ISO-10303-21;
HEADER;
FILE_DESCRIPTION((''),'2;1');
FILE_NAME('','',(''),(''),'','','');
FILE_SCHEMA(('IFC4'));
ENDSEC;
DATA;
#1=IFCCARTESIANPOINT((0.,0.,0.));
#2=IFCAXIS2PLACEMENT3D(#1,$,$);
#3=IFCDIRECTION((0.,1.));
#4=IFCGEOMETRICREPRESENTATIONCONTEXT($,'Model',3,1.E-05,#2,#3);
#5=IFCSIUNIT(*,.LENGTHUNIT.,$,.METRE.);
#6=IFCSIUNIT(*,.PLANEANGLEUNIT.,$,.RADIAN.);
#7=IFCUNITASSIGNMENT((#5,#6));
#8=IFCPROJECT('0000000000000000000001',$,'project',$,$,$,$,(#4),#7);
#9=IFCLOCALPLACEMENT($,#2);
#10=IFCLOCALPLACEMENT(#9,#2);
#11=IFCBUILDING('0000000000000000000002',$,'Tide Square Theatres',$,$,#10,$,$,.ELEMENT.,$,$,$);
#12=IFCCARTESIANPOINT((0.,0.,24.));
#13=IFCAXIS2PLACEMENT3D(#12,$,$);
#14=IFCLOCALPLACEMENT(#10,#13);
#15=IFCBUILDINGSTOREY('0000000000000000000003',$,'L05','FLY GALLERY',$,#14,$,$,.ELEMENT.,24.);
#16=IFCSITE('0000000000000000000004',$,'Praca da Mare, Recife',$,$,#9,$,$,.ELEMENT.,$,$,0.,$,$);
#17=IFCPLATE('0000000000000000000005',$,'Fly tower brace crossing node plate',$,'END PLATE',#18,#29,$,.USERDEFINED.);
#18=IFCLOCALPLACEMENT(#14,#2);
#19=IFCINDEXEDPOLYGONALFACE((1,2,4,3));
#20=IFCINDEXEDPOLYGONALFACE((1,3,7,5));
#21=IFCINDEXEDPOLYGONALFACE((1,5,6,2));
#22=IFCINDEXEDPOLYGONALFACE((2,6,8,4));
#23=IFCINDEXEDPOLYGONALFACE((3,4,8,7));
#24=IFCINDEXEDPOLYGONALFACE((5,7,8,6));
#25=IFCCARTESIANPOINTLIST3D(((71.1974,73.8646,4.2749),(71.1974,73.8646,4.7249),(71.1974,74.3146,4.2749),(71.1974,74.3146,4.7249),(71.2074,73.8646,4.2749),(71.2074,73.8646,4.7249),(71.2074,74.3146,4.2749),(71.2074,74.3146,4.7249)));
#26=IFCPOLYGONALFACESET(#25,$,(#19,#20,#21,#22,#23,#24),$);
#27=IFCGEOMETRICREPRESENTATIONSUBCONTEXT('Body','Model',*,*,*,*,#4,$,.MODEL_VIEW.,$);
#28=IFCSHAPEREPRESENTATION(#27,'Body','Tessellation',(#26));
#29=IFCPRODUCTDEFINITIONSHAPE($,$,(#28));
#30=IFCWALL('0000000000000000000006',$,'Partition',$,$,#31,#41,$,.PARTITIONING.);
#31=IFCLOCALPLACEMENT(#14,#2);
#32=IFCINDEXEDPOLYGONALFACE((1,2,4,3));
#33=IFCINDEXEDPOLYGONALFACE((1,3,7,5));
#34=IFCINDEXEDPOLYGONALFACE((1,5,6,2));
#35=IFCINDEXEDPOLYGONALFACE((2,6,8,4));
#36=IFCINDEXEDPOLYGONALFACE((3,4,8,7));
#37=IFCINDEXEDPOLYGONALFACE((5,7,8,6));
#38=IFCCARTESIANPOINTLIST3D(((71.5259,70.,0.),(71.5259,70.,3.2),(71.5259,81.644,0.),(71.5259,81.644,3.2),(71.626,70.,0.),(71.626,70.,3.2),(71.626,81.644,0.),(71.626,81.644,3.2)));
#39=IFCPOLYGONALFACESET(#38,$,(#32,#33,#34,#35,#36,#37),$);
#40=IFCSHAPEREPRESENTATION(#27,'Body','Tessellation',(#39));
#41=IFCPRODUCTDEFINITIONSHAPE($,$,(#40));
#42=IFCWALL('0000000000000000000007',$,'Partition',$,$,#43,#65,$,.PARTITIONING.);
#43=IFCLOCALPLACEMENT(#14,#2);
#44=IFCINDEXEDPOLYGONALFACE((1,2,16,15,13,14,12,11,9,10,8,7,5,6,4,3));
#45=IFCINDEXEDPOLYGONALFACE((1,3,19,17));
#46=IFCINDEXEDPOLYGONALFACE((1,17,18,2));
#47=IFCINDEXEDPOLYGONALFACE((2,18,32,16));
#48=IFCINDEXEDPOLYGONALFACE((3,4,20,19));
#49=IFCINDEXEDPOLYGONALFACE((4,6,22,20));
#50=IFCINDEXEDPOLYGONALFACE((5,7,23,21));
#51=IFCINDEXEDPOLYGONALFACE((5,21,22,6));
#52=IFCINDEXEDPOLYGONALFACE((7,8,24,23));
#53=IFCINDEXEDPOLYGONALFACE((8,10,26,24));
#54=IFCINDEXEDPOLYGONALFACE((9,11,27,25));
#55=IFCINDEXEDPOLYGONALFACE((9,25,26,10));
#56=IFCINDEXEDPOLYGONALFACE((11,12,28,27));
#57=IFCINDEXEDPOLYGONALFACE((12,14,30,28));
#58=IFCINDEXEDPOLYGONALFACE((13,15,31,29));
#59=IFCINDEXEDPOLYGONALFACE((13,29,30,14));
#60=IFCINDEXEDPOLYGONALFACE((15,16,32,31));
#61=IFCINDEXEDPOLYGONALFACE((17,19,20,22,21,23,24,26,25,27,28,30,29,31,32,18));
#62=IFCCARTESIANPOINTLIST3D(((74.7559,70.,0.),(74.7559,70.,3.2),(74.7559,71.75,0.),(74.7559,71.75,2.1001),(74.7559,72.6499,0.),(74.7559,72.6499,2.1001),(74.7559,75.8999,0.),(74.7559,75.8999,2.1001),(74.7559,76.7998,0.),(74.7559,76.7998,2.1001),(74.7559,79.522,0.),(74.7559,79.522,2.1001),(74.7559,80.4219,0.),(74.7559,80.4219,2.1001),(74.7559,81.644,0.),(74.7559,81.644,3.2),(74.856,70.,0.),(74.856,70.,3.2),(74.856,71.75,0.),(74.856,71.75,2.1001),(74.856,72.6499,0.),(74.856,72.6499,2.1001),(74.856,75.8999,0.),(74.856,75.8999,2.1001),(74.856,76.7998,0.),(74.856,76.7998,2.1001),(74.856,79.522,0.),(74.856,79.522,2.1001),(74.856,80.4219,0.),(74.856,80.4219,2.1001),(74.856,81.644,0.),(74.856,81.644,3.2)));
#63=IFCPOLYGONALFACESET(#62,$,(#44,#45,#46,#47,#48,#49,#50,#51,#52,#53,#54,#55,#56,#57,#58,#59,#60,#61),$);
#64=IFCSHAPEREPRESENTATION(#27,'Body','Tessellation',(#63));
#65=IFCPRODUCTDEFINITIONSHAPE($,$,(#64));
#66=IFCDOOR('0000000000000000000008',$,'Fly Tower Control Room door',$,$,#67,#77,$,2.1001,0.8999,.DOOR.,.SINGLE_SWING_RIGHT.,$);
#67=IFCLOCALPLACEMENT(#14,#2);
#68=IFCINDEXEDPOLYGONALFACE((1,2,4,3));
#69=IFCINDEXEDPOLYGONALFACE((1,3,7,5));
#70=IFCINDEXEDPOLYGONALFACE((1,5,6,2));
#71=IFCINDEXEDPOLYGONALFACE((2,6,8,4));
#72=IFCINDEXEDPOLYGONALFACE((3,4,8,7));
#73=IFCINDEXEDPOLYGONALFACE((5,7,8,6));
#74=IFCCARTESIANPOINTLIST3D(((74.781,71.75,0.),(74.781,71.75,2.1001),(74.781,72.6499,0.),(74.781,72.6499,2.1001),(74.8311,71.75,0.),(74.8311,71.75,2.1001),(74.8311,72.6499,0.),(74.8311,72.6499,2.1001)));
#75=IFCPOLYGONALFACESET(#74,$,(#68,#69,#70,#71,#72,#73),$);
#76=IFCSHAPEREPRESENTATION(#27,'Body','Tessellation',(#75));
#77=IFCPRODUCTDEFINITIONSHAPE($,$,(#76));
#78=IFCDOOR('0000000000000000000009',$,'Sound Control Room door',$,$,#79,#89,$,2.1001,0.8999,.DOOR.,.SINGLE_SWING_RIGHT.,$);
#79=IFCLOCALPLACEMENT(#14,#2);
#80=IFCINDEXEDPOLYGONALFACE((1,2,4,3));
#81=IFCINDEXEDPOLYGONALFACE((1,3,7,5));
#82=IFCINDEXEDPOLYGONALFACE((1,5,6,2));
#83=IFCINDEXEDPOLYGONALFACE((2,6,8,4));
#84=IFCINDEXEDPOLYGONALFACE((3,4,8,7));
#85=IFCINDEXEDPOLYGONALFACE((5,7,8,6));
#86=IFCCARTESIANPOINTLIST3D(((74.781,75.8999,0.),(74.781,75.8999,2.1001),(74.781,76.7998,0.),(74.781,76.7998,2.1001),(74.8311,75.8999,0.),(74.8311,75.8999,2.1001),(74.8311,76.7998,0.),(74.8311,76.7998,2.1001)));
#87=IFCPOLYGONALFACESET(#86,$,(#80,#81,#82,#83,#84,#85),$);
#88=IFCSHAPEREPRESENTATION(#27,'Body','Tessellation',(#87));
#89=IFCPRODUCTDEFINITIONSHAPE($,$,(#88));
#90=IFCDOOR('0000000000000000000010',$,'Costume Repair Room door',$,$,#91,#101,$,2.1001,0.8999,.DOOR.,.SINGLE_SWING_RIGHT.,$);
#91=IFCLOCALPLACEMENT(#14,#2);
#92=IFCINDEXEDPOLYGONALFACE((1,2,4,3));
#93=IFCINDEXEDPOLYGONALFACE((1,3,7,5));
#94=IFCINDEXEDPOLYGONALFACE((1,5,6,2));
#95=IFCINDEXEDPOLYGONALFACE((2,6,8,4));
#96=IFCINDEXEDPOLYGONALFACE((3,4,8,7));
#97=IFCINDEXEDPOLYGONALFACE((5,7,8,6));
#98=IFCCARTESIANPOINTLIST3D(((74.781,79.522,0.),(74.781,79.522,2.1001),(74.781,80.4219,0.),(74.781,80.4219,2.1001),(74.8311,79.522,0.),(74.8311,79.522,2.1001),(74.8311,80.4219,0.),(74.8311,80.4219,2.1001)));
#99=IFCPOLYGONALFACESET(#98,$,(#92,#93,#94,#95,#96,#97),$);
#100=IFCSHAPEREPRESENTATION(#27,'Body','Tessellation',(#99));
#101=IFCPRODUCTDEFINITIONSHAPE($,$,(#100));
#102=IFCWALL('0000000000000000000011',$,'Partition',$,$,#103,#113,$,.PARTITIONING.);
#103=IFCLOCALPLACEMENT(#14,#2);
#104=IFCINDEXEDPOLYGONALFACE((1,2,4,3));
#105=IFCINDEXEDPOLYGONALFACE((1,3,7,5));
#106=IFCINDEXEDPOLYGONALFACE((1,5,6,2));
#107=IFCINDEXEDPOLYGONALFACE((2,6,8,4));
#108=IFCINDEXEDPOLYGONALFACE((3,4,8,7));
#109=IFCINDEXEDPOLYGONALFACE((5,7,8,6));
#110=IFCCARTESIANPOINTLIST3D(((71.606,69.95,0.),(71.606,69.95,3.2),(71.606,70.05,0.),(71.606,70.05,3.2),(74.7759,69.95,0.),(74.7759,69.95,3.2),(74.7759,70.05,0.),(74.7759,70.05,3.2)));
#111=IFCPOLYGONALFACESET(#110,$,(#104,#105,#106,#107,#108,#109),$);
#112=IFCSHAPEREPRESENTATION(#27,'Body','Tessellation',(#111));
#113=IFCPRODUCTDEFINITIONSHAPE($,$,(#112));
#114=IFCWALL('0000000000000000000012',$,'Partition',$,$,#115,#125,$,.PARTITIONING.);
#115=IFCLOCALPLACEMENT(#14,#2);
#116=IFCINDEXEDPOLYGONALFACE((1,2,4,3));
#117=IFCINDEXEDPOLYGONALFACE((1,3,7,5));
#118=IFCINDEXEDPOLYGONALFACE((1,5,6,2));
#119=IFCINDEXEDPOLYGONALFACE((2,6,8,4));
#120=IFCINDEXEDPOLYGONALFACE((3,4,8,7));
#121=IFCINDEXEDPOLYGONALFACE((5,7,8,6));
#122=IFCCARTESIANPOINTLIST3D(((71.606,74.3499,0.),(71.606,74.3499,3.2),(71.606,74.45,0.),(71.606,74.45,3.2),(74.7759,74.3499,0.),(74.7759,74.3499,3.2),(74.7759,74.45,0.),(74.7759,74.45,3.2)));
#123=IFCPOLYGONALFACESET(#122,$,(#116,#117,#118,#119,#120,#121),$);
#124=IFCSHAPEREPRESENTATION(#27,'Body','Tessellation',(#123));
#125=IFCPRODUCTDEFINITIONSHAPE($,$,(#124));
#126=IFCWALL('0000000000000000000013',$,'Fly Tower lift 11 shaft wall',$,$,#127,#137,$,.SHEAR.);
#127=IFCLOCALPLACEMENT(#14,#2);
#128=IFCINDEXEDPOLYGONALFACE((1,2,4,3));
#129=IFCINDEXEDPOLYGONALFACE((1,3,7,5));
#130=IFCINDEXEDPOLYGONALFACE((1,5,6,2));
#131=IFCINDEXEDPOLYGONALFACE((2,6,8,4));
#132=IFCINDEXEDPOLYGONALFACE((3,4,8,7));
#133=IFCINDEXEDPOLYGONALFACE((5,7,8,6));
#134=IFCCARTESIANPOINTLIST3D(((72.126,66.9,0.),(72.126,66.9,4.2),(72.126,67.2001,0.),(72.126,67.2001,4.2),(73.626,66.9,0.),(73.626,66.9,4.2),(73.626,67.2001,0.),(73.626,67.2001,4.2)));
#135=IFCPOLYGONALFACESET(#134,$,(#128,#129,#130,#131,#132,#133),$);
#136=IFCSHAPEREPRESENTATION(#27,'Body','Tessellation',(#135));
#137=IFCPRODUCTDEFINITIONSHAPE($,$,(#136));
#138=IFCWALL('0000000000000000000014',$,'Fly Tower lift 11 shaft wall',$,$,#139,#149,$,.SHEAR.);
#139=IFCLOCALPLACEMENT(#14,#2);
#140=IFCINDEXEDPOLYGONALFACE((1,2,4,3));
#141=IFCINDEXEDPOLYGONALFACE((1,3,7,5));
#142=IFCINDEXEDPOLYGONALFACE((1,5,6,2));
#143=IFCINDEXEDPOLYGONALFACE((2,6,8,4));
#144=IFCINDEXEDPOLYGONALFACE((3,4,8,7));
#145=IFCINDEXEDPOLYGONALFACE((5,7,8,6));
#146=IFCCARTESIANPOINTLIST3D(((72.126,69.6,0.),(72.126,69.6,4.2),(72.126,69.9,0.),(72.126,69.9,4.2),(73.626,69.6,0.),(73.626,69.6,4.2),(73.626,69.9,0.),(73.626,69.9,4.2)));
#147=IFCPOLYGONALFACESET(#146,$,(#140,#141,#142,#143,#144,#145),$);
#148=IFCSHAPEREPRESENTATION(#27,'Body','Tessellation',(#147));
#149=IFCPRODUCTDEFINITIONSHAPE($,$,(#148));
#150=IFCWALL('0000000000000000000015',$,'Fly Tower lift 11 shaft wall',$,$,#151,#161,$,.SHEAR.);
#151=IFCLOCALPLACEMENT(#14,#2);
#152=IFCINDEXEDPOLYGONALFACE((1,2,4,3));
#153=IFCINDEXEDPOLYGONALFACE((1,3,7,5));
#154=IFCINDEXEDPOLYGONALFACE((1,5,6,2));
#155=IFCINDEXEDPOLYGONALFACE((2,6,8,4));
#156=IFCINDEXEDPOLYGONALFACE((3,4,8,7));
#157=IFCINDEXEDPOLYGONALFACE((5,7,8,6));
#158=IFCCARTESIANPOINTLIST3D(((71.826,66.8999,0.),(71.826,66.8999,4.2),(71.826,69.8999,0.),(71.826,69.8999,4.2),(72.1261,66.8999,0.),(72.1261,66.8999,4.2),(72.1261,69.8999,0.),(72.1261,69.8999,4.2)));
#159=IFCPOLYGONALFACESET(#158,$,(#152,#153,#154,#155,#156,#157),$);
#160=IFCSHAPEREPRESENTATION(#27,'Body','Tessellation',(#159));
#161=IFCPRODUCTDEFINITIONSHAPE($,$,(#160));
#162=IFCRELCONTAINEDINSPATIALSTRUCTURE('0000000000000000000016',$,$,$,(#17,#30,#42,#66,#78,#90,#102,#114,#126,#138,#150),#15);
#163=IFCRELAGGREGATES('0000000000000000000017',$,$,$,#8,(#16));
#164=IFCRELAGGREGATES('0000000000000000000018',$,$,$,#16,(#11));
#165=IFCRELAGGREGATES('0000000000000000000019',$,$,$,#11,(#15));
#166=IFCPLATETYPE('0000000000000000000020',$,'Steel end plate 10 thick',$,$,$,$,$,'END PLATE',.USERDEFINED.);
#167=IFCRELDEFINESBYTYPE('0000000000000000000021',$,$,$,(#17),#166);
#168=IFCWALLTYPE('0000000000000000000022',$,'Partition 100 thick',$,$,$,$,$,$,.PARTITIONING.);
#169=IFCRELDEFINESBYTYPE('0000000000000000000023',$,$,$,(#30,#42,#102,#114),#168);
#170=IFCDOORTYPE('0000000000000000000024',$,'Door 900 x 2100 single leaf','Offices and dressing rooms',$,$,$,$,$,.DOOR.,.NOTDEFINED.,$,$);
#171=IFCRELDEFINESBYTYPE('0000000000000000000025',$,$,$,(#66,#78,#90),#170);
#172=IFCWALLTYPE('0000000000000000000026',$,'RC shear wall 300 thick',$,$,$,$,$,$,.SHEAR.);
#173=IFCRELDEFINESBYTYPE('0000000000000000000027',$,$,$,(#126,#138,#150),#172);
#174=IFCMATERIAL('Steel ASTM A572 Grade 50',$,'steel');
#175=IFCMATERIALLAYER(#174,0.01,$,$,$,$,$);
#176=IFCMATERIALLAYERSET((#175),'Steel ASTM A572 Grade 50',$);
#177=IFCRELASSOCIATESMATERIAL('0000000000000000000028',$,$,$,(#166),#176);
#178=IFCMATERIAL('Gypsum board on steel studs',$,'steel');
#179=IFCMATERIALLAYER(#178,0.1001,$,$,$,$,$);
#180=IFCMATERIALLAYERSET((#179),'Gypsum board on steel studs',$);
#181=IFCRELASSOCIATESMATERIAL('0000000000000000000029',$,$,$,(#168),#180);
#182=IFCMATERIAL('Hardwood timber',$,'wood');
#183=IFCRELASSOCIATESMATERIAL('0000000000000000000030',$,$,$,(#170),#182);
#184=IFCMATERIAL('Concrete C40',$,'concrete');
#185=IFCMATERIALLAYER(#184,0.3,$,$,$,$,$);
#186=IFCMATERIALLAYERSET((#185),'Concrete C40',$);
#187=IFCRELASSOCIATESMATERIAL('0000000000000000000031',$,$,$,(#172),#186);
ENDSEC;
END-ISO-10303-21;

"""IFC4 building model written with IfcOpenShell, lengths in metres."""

from ifc_helpers import new_model, si_unit, direction, frame, frame_2d, origin, origin_2d, place, context, subcontext, project, spatial, rectangle, extrude, material, layer, layer_set, type_object, element, fill, save


model = new_model("IFC4")

# Units and contexts
model_context = context("Model", 3, precision=1e-05, world=origin(), true_north=direction((0.0, 1.0)))
body_context = subcontext(model_context, "Body", "Model", "MODEL_VIEW")
ifc_project = project(units=[si_unit("LENGTHUNIT", "METRE"), si_unit("PLANEANGLEUNIT", "RADIAN")], contexts=[model_context])

# Site, building, storey
site_placement = place(None, origin())
site = spatial("IfcSite", under=ifc_project, at=site_placement, Name="Praca da Mare, Recife", CompositionType="ELEMENT", RefElevation=0.0)
building_placement = place(site_placement, origin())
building = spatial("IfcBuilding", under=site, at=building_placement, Name="Tide Square Theatres", CompositionType="ELEMENT")
storey_placement = place(building_placement, frame((0.0, 0.0, 24.0)))
storey = spatial("IfcBuildingStorey", under=building, at=storey_placement, Name="L05", Description="FLY GALLERY", CompositionType="ELEMENT", Elevation=24.0)

# Plate
ifc_material_1 = material(Name="Steel ASTM A572 Grade 50", Category="steel")
ifc_layer_1 = layer(ifc_material_1, 0.01)
ifc_layer_set_1 = layer_set([ifc_layer_1], Name="Steel ASTM A572 Grade 50")
plate_type = type_object("IfcPlateType", Name="Steel end plate 10 thick", ElementType="END PLATE", PredefinedType="USERDEFINED", material=ifc_layer_set_1)
for number, where, z_axis, x_axis, name in (
    (1, (71.2024, 74.0896, 4.2749), (0.0, 0.0, 1.0), (-1.0, 0.0, 0.0), "Fly tower brace crossing node plate"),
):
    element("IfcPlate", number, at=place(storey_placement, frame(where, z_axis=z_axis, x_axis=x_axis)), inside=storey, type_object=plate_type, Name=name, ObjectType="END PLATE", PredefinedType="USERDEFINED", context=body_context, shape_type="SweptSolid", body=[
        extrude(rectangle(XDim=0.01, YDim=0.45, at=origin_2d()), origin(), (0.0, 0.0, 1.0), 0.45),
    ])

# Wall
ifc_material_2 = material(Name="Gypsum board on steel studs", Category="steel")
ifc_layer_2 = layer(ifc_material_2, 0.1001)
ifc_layer_set_2 = layer_set([ifc_layer_2], Name="Gypsum board on steel studs")
wall_type_1 = type_object("IfcWallType", Name="Partition 100 thick", PredefinedType="PARTITIONING", material=ifc_layer_set_2)
wall_1_placement = place(storey_placement, frame((71.5759, 70.0, 0.0), z_axis=(0.0, 0.0, 1.0), x_axis=(0.0, 1.0, 0.0)))
element("IfcWall", 2, at=wall_1_placement, inside=storey, type_object=wall_type_1, Name="Partition", PredefinedType="PARTITIONING", context=body_context, shape_type="SweptSolid", body=[
    extrude(rectangle(XDim=11.644, YDim=0.1001, at=frame_2d((5.822, 0.0))), origin(), (0.0, 0.0, 1.0), 3.2),
])

# Wall, openings, doors
wall_2_placement = place(storey_placement, frame((74.8059, 70.0, 0.0), z_axis=(0.0, 0.0, 1.0), x_axis=(0.0, 1.0, 0.0)))
wall_2 = element("IfcWall", 3, at=wall_2_placement, inside=storey, type_object=wall_type_1, Name="Partition", PredefinedType="PARTITIONING", context=body_context, shape_type="SweptSolid", body=[
    extrude(rectangle(XDim=11.644, YDim=0.1001, at=frame_2d((5.822, 0.0))), origin(), (0.0, 0.0, 1.0), 3.2),
])
opening_1_placement = place(wall_2_placement, frame((1.75, 0.0, 0.0)))
opening_1 = element("IfcOpeningElement", 4, at=opening_1_placement, cuts=wall_2, PredefinedType="OPENING", context=body_context, shape_type="SweptSolid", body=[
    extrude(rectangle(XDim=0.8999, YDim=2.1001, at=frame_2d((0.45, 1.05))), frame((0.0, 0.0601, 0.0), z_axis=(0.0, -1.0, 0.0), x_axis=(1.0, 0.0, 0.0)), (0.0, 0.0, 1.0), 0.1201),
])
opening_2_placement = place(wall_2_placement, frame((5.8999, 0.0, 0.0)))
opening_2 = element("IfcOpeningElement", 5, at=opening_2_placement, cuts=wall_2, PredefinedType="OPENING", context=body_context, shape_type="SweptSolid", body=[
    extrude(rectangle(XDim=0.8999, YDim=2.1001, at=frame_2d((0.45, 1.05))), frame((0.0, 0.0601, 0.0), z_axis=(0.0, -1.0, 0.0), x_axis=(1.0, 0.0, 0.0)), (0.0, 0.0, 1.0), 0.1201),
])
opening_3_placement = place(wall_2_placement, frame((9.522, 0.0, 0.0)))
opening_3 = element("IfcOpeningElement", 6, at=opening_3_placement, cuts=wall_2, PredefinedType="OPENING", context=body_context, shape_type="SweptSolid", body=[
    extrude(rectangle(XDim=0.8999, YDim=2.1001, at=frame_2d((0.45, 1.05))), frame((0.0, 0.0601, 0.0), z_axis=(0.0, -1.0, 0.0), x_axis=(1.0, 0.0, 0.0)), (0.0, 0.0, 1.0), 0.1201),
])
ifc_material_3 = material(Name="Hardwood timber", Category="wood")
door_type_1 = type_object("IfcDoorType", Name="Door 900 x 2100 single leaf", Description="Offices and dressing rooms", OperationType="NOTDEFINED", PredefinedType="DOOR", material=ifc_material_3)
door_1_placement = place(opening_1_placement, origin())
door_1 = element("IfcDoor", 7, at=door_1_placement, inside=storey, type_object=door_type_1, Name="Fly Tower Control Room door", OperationType="SINGLE_SWING_RIGHT", OverallHeight=2.1001, OverallWidth=0.8999, PredefinedType="DOOR", context=body_context, shape_type="SweptSolid", body=[
    extrude(rectangle(XDim=0.8999, YDim=2.1001, at=frame_2d((0.45, 1.05))), frame((0.0, 0.0249, 0.0), z_axis=(0.0, -1.0, 0.0), x_axis=(1.0, 0.0, 0.0)), (0.0, 0.0, 1.0), 0.05),
])
fill(opening_1, door_1)
door_2_placement = place(opening_2_placement, origin())
door_2 = element("IfcDoor", 8, at=door_2_placement, inside=storey, type_object=door_type_1, Name="Sound Control Room door", OperationType="SINGLE_SWING_RIGHT", OverallHeight=2.1001, OverallWidth=0.8999, PredefinedType="DOOR", context=body_context, shape_type="SweptSolid", body=[
    extrude(rectangle(XDim=0.8999, YDim=2.1001, at=frame_2d((0.45, 1.05))), frame((0.0, 0.0249, 0.0), z_axis=(0.0, -1.0, 0.0), x_axis=(1.0, 0.0, 0.0)), (0.0, 0.0, 1.0), 0.05),
])
fill(opening_2, door_2)
door_3_placement = place(opening_3_placement, origin())
door_3 = element("IfcDoor", 9, at=door_3_placement, inside=storey, type_object=door_type_1, Name="Costume Repair Room door", OperationType="SINGLE_SWING_RIGHT", OverallHeight=2.1001, OverallWidth=0.8999, PredefinedType="DOOR", context=body_context, shape_type="SweptSolid", body=[
    extrude(rectangle(XDim=0.8999, YDim=2.1001, at=frame_2d((0.45, 1.05))), frame((0.0, 0.0249, 0.0), z_axis=(0.0, -1.0, 0.0), x_axis=(1.0, 0.0, 0.0)), (0.0, 0.0, 1.0), 0.05),
])
fill(opening_3, door_3)

# Walls
for number, where, z_axis, x_axis, name in (
    (10, (71.606, 70.0, 0.0), (0.0, 0.0, 1.0), (1.0, 0.0, 0.0), "Partition"),
    (11, (71.606, 74.3999, 0.0), (0.0, 0.0, 1.0), (1.0, 0.0, 0.0), "Partition"),
):
    element("IfcWall", number, at=place(storey_placement, frame(where, z_axis=z_axis, x_axis=x_axis)), inside=storey, type_object=wall_type_1, Name=name, PredefinedType="PARTITIONING", context=body_context, shape_type="SweptSolid", body=[
        extrude(rectangle(XDim=3.1699, YDim=0.1001, at=frame_2d((1.585, 0.0))), origin(), (0.0, 0.0, 1.0), 3.2),
    ])
ifc_material_4 = material(Name="Concrete C40", Category="concrete")
ifc_layer_3 = layer(ifc_material_4, 0.3)
ifc_layer_set_3 = layer_set([ifc_layer_3], Name="Concrete C40")
wall_type_2 = type_object("IfcWallType", Name="RC shear wall 300 thick", PredefinedType="SHEAR", material=ifc_layer_set_3)
for number, where, z_axis, x_axis, name in (
    (12, (72.126, 67.05, 0.0), (0.0, 0.0, 1.0), (1.0, 0.0, 0.0), "Fly Tower lift 11 shaft wall"),
    (13, (73.626, 69.75, 0.0), (0.0, 0.0, 1.0), (-1.0, 0.0, 0.0), "Fly Tower lift 11 shaft wall"),
):
    element("IfcWall", number, at=place(storey_placement, frame(where, z_axis=z_axis, x_axis=x_axis)), inside=storey, type_object=wall_type_2, Name=name, PredefinedType="SHEAR", context=body_context, shape_type="SweptSolid", body=[
        extrude(rectangle(XDim=1.5, YDim=0.3, at=frame_2d((0.75, 0.0))), origin(), (0.0, 0.0, 1.0), 4.2),
    ])
wall_3_placement = place(storey_placement, frame((71.9761, 66.8999, 0.0), z_axis=(0.0, 0.0, 1.0), x_axis=(0.0, 1.0, 0.0)))
element("IfcWall", 14, at=wall_3_placement, inside=storey, type_object=wall_type_2, Name="Fly Tower lift 11 shaft wall", PredefinedType="SHEAR", context=body_context, shape_type="SweptSolid", body=[
    extrude(rectangle(XDim=3.0, YDim=0.3, at=frame_2d((1.5, 0.0))), origin(), (0.0, 0.0, 1.0), 4.2),
])

save(model, "model.ifc")
